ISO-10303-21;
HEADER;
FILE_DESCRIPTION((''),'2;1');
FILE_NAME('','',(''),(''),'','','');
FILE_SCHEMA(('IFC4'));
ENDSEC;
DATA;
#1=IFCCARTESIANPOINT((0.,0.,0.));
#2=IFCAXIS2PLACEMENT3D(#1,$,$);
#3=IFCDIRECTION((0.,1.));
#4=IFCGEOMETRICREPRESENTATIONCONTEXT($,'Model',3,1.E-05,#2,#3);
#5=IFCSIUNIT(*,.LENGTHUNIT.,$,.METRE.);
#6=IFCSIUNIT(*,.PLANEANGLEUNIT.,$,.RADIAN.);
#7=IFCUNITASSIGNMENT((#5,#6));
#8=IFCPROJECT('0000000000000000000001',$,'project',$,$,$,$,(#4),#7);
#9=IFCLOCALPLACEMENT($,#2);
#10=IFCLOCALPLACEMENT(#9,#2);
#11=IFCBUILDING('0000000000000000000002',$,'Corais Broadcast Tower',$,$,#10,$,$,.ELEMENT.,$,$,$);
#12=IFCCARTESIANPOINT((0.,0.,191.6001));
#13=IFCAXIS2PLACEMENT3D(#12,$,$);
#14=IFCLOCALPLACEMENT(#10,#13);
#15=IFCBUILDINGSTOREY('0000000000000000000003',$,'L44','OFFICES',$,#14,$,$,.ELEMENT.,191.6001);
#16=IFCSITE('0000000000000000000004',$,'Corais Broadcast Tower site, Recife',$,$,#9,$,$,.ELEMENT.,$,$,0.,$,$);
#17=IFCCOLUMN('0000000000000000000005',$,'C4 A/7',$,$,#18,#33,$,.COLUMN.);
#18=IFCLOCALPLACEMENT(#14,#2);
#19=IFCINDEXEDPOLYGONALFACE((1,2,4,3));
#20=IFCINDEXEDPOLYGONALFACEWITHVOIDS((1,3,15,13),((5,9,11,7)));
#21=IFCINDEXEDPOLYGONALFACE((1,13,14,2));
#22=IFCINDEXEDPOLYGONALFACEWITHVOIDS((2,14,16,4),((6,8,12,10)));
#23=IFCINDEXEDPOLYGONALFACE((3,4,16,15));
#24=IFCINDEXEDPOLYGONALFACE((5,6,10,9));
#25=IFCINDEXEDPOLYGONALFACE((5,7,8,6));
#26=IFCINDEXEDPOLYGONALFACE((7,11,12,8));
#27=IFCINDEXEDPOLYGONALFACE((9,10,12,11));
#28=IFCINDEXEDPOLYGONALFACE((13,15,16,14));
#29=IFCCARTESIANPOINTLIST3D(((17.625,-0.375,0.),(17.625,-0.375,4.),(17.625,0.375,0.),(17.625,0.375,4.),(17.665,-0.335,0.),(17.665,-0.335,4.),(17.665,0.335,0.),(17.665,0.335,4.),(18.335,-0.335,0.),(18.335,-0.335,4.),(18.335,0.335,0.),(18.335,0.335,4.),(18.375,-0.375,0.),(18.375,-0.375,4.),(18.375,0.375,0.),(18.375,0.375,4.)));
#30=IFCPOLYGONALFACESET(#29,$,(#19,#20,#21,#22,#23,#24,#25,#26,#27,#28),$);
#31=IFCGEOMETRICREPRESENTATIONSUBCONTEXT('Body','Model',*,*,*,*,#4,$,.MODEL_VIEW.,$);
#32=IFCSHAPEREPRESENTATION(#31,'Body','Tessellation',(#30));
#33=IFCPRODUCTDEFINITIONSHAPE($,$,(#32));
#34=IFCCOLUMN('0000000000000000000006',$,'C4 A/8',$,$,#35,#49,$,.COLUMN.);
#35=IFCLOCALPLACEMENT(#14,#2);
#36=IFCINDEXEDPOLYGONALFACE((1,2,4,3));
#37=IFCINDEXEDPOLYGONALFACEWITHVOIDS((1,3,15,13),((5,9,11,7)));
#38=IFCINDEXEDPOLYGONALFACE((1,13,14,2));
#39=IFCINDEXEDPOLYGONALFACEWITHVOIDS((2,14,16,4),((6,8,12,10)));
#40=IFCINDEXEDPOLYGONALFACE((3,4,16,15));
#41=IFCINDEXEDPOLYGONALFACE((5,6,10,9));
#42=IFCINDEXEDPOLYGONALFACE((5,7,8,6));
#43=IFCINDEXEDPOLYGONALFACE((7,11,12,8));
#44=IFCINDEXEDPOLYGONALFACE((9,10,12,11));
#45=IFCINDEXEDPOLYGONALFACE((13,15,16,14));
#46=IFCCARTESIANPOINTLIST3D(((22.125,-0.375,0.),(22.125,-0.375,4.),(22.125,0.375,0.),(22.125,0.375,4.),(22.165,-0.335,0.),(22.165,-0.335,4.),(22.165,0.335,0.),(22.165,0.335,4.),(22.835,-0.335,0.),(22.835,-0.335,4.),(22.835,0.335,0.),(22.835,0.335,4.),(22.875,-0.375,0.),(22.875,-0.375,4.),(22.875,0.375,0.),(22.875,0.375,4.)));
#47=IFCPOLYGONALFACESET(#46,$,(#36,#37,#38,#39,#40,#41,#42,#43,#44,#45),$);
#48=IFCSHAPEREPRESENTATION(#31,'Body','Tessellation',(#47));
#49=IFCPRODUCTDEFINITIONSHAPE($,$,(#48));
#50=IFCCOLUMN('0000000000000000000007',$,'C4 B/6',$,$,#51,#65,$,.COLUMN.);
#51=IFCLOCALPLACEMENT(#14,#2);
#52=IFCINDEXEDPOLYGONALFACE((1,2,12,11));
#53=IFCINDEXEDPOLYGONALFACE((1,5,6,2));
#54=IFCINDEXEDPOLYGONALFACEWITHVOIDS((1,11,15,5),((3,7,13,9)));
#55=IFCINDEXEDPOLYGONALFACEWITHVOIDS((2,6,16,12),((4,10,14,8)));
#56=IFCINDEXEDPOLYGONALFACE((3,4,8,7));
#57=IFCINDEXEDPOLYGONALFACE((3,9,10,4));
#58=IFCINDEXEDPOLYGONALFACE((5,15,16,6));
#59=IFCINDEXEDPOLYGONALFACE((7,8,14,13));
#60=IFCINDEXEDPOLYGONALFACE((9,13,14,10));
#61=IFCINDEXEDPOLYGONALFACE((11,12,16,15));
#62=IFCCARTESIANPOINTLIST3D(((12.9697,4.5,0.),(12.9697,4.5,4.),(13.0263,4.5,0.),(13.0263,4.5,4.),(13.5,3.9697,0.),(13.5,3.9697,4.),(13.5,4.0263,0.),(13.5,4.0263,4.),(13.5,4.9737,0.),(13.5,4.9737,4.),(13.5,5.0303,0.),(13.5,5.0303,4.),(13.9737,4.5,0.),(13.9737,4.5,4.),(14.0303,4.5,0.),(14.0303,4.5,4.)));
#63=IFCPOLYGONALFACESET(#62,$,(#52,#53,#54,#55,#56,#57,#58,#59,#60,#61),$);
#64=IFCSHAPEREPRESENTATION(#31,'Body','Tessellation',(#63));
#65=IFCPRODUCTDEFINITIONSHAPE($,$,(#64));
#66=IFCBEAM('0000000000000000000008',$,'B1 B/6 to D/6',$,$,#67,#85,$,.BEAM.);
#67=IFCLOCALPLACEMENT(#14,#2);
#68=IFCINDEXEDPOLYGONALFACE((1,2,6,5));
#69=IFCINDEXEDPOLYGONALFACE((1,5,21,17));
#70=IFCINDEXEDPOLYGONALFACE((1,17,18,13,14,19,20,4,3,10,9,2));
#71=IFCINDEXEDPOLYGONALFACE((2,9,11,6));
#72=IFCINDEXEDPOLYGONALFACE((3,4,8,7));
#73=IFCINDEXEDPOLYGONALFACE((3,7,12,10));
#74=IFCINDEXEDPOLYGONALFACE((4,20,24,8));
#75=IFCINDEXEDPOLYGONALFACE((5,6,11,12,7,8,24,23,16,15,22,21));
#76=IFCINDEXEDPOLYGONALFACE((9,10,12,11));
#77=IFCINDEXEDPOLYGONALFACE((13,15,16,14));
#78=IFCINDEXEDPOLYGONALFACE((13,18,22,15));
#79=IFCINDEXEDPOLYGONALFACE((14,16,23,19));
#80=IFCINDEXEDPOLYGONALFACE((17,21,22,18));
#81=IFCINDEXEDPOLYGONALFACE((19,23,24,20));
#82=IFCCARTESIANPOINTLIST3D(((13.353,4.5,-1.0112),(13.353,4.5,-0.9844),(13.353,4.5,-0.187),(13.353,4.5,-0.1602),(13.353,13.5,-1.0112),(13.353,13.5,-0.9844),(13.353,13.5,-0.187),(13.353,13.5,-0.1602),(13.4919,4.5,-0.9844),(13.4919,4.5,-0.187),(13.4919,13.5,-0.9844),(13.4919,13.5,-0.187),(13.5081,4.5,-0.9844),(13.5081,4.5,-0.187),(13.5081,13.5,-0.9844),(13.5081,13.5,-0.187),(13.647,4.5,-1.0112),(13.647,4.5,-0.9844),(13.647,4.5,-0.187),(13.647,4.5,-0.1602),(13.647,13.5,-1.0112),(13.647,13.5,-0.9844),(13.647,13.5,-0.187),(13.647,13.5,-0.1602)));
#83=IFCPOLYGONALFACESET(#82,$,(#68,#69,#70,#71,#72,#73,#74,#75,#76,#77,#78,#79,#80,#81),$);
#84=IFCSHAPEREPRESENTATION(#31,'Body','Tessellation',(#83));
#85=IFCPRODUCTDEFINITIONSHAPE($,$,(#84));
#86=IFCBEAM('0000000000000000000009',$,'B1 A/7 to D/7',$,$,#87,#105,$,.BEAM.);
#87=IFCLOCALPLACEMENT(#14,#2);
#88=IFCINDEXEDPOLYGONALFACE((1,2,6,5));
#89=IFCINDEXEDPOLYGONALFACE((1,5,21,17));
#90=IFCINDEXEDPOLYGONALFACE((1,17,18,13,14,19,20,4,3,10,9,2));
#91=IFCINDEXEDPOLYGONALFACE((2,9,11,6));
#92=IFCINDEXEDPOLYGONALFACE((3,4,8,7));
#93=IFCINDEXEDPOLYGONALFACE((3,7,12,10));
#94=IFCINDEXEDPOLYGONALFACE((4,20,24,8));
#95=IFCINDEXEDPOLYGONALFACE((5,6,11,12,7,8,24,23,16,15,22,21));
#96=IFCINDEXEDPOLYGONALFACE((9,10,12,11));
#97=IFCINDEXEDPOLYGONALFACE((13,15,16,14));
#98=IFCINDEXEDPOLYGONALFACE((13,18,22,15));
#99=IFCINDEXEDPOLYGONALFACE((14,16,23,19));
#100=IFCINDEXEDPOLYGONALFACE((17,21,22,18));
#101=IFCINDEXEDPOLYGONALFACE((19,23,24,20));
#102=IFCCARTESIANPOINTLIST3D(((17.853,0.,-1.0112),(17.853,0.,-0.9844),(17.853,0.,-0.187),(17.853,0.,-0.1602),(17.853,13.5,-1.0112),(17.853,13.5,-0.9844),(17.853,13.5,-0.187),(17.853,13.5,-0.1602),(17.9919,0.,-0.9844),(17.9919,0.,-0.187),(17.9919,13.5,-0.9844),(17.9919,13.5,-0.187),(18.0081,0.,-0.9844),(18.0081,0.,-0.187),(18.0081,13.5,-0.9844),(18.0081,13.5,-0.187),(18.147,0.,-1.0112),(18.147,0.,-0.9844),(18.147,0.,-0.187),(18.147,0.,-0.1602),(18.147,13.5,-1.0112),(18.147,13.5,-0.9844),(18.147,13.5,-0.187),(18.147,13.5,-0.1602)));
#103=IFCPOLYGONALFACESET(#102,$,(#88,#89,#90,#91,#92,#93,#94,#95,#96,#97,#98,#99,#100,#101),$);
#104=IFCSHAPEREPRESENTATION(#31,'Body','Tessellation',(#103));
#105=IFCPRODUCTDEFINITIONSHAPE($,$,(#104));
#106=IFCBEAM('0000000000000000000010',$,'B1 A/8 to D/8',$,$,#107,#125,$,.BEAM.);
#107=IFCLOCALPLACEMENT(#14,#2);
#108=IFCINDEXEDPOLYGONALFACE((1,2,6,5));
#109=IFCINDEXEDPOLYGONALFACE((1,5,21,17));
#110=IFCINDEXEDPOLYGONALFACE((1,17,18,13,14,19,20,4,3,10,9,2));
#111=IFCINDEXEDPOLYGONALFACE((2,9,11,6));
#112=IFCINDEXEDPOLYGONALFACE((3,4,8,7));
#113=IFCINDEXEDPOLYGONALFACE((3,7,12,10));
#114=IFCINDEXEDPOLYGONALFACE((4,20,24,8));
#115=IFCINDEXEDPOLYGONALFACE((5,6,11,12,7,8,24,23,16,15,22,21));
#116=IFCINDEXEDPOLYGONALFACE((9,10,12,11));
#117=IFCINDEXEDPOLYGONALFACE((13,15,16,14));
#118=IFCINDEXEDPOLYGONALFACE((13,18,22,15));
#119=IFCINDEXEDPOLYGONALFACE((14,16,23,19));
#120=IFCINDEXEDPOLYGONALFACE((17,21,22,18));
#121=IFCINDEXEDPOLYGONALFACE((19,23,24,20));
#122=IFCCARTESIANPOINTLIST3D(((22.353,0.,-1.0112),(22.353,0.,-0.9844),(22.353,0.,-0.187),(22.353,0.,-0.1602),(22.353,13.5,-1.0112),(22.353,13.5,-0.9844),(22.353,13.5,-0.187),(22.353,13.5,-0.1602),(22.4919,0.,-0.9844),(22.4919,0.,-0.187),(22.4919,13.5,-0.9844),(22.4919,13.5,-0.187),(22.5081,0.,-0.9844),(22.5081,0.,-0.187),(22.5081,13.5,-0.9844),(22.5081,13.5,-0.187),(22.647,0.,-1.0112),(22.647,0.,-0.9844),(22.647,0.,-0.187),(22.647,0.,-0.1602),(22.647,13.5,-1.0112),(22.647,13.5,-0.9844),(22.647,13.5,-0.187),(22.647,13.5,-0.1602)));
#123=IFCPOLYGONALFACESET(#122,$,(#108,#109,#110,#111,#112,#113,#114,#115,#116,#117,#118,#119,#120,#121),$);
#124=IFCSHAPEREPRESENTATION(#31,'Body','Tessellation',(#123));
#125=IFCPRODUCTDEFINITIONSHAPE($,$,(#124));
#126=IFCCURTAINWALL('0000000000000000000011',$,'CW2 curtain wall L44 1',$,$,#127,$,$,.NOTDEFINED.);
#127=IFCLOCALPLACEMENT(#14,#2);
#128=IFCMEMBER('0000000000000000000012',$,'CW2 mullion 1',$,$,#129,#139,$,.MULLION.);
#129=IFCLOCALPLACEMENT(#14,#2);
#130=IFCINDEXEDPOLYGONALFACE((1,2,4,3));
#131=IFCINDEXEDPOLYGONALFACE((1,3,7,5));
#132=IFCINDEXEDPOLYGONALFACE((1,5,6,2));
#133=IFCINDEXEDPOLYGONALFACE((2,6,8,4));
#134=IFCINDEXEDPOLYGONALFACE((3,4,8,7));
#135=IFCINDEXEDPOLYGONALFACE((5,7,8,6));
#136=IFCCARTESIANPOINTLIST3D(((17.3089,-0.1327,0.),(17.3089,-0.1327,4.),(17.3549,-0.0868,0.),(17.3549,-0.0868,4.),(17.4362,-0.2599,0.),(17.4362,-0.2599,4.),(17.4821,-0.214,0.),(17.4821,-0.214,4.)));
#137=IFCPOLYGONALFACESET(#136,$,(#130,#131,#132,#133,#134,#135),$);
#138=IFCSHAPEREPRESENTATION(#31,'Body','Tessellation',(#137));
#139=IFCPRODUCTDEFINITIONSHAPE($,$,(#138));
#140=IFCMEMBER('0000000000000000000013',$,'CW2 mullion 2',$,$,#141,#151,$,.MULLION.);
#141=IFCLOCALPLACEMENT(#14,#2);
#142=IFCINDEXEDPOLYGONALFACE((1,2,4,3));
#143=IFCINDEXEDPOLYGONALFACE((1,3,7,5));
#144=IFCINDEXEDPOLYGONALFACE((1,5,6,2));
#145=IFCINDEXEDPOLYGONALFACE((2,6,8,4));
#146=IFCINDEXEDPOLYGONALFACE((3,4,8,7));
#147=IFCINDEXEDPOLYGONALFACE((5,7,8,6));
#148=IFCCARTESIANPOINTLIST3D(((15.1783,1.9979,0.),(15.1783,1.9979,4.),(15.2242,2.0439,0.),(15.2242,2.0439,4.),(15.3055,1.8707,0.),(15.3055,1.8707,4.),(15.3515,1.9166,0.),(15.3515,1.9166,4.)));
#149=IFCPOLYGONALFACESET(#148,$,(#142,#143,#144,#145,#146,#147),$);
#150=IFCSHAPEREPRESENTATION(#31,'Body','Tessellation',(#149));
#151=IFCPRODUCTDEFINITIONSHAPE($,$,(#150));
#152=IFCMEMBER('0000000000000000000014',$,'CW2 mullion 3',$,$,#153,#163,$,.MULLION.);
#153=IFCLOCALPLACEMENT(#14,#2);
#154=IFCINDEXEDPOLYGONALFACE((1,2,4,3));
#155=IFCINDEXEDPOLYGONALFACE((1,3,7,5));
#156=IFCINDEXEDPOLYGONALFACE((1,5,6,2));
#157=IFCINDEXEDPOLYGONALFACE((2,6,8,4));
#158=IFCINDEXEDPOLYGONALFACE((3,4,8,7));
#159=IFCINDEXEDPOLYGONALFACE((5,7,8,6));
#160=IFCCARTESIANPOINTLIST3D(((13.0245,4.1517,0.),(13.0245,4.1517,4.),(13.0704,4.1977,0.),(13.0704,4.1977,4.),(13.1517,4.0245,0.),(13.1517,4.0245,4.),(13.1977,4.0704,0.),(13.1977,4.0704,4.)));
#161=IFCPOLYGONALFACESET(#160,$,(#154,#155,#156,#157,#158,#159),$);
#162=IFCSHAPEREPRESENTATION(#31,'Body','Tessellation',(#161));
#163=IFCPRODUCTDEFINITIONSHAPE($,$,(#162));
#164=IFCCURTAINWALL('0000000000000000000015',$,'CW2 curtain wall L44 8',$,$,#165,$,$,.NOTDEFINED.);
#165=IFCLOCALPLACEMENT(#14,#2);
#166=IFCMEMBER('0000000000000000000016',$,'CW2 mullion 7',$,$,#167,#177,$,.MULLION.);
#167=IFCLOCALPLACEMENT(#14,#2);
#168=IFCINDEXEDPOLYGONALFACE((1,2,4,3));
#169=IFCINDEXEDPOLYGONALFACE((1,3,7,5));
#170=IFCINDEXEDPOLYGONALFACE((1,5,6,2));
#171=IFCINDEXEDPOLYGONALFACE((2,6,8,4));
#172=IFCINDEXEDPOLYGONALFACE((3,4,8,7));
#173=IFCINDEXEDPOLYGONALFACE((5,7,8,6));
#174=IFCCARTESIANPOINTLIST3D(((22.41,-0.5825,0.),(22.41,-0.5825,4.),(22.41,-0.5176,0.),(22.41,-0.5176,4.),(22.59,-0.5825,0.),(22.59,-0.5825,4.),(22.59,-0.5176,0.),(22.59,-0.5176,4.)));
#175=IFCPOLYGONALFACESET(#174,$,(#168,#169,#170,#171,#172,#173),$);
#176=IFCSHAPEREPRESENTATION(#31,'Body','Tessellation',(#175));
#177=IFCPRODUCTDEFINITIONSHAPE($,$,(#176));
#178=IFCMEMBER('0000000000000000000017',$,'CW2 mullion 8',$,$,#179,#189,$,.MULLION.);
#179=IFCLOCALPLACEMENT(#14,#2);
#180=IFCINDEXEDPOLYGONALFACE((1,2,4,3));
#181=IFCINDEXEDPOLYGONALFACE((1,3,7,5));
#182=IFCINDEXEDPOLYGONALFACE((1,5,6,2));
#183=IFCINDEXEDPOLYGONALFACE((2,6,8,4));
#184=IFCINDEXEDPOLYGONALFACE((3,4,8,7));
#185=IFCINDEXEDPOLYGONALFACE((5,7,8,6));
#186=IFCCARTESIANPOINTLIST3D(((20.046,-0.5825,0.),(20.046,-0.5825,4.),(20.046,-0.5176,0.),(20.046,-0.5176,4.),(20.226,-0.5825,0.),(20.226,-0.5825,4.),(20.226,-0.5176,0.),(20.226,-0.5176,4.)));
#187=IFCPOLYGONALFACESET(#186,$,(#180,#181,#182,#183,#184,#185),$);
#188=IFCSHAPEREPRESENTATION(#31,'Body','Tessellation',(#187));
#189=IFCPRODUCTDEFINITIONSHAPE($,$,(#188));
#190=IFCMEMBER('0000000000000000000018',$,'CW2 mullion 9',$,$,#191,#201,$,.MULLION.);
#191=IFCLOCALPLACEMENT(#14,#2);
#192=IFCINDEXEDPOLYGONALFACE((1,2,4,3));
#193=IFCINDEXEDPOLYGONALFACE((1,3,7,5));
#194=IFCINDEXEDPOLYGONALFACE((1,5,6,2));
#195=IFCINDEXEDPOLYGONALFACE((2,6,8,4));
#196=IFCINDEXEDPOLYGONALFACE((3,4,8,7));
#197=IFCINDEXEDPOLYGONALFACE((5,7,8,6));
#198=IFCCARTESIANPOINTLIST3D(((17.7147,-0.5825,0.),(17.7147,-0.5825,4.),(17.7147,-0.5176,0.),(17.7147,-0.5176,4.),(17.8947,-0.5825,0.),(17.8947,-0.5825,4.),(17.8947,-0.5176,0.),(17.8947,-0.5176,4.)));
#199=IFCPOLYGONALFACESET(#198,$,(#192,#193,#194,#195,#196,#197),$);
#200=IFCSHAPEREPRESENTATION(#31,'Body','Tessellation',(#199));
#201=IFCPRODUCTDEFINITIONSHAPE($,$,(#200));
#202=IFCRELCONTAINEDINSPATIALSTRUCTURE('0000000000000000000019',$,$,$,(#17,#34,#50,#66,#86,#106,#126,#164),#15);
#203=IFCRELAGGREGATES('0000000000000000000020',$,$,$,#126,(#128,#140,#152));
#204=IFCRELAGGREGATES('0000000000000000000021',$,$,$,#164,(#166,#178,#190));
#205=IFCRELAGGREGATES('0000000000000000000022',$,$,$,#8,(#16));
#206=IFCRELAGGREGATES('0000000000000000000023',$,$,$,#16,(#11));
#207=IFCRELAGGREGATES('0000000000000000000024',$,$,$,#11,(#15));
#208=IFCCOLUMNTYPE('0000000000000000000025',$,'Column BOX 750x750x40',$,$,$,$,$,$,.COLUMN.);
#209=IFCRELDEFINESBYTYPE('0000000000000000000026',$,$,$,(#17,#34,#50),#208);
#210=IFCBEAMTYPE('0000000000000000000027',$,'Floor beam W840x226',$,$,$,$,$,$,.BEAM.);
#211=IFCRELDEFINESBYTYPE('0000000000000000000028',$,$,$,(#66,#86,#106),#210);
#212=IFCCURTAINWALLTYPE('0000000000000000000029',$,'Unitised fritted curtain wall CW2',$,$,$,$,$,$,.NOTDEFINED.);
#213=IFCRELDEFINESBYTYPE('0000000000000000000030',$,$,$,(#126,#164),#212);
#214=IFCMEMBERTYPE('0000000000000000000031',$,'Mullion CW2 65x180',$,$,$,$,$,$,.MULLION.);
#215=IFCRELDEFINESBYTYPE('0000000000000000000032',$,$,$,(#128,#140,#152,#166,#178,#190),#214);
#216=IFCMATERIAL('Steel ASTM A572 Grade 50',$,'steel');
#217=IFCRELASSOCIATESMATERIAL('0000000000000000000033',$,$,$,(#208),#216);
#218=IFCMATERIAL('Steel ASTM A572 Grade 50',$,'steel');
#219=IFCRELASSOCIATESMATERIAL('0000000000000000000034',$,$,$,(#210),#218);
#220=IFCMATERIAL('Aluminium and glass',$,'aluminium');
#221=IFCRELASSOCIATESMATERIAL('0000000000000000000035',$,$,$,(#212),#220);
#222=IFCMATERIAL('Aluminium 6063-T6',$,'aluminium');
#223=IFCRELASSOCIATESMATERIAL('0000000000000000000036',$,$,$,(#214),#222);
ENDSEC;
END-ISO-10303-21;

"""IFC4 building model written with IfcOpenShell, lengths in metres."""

from ifc_helpers import new_model, si_unit, direction, frame, origin, origin_2d, place, context, subcontext, project, spatial, rectangle, hollow_rectangle, i_section, extrude, material, material_profile, profile_set, type_object, element, aggregate, save


model = new_model("IFC4")

# Units and contexts
model_context = context("Model", 3, precision=1e-05, world=origin(), true_north=direction((0.0, 1.0)))
body_context = subcontext(model_context, "Body", "Model", "MODEL_VIEW")
ifc_project = project(units=[si_unit("LENGTHUNIT", "METRE"), si_unit("PLANEANGLEUNIT", "RADIAN")], contexts=[model_context])

# Site, building, storey
site_placement = place(None, origin())
site = spatial("IfcSite", under=ifc_project, at=site_placement, Name="Corais Broadcast Tower site, Recife", CompositionType="ELEMENT", RefElevation=0.0)
building_placement = place(site_placement, origin())
building = spatial("IfcBuilding", under=site, at=building_placement, Name="Corais Broadcast Tower", CompositionType="ELEMENT")
storey_placement = place(building_placement, frame((0.0, 0.0, 191.6001)))
storey = spatial("IfcBuildingStorey", under=building, at=storey_placement, Name="L44", Description="OFFICES", CompositionType="ELEMENT", Elevation=191.6001)

# Columns
ifc_material_1 = material(Name="Steel ASTM A572 Grade 50", Category="steel")
ifc_material_profile_1 = material_profile(ifc_material_1, hollow_rectangle(XDim=0.75, YDim=0.75, WallThickness=0.04, at=origin_2d()), Name="BOX 750x750x40")
ifc_profile_set_1 = profile_set([ifc_material_profile_1], Name="Steel ASTM A572 Grade 50")
column_type = type_object("IfcColumnType", Name="Column BOX 750x750x40", PredefinedType="COLUMN", material=ifc_profile_set_1)
for number, where, z_axis, x_axis, name in (
    (1, (18.0, 0.0, 0.0), (0.0, 0.0, 1.0), (1.0, 0.0, 0.0), "C4 A/7"),
    (2, (22.5, 0.0, 0.0), (0.0, 0.0, 1.0), (1.0, 0.0, 0.0), "C4 A/8"),
    (3, (13.5, 4.5, 0.0), (0.0, 0.0, 1.0), (0.707107, 0.707107, 0.0), "C4 B/6"),
):
    element("IfcColumn", number, at=place(storey_placement, frame(where, z_axis=z_axis, x_axis=x_axis)), inside=storey, type_object=column_type, Name=name, PredefinedType="COLUMN", context=body_context, shape_type="SweptSolid", body=[
        extrude(hollow_rectangle(XDim=0.75, YDim=0.75, WallThickness=0.04, at=origin_2d()), origin(), (0.0, 0.0, 1.0), 4.0),
    ])

# Beams
ifc_material_2 = material(Name="Steel ASTM A572 Grade 50", Category="steel")
ifc_material_profile_2 = material_profile(ifc_material_2, i_section(OverallWidth=0.2939, OverallDepth=0.8511, WebThickness=0.0161, FlangeThickness=0.0269, at=origin_2d()), Name="W840x226")
ifc_profile_set_2 = profile_set([ifc_material_profile_2], Name="Steel ASTM A572 Grade 50")
beam_type_1 = type_object("IfcBeamType", Name="Floor beam W840x226", PredefinedType="BEAM", material=ifc_profile_set_2)
beam_1_placement = place(storey_placement, frame((13.5, 4.5, -0.5857), z_axis=(0.0, 1.0, 0.0), x_axis=(-1.0, 0.0, 0.0)))
element("IfcBeam", 4, at=beam_1_placement, inside=storey, type_object=beam_type_1, Name="B1 B/6 to D/6", PredefinedType="BEAM", context=body_context, shape_type="SweptSolid", body=[
    extrude(i_section(OverallWidth=0.2939, OverallDepth=0.8511, WebThickness=0.0161, FlangeThickness=0.0269, at=origin_2d()), origin(), (0.0, 0.0, 1.0), 9.0),
])
for number, where, z_axis, x_axis, name in (
    (5, (18.0, 0.0, -0.5857), (0.0, 1.0, 0.0), (-1.0, 0.0, 0.0), "B1 A/7 to D/7"),
    (6, (22.5, 0.0, -0.5857), (0.0, 1.0, 0.0), (-1.0, 0.0, 0.0), "B1 A/8 to D/8"),
):
    element("IfcBeam", number, at=place(storey_placement, frame(where, z_axis=z_axis, x_axis=x_axis)), inside=storey, type_object=beam_type_1, Name=name, PredefinedType="BEAM", context=body_context, shape_type="SweptSolid", body=[
        extrude(i_section(OverallWidth=0.2939, OverallDepth=0.8511, WebThickness=0.0161, FlangeThickness=0.0269, at=origin_2d()), origin(), (0.0, 0.0, 1.0), 13.5),
    ])

# Curtain walls, members
ifc_material_3 = material(Name="Aluminium and glass", Category="aluminium")
curtain_wall_type = type_object("IfcCurtainWallType", Name="Unitised fritted curtain wall CW2", PredefinedType="NOTDEFINED", material=ifc_material_3)
curtain_wall_1_placement = place(storey_placement, origin())
curtain_wall_1 = element("IfcCurtainWall", 7, at=curtain_wall_1_placement, inside=storey, type_object=curtain_wall_type, Name="CW2 curtain wall L44 1", PredefinedType="NOTDEFINED")
ifc_material_4 = material(Name="Aluminium 6063-T6", Category="aluminium")
ifc_material_profile_3 = material_profile(ifc_material_4, rectangle(XDim=0.0649, YDim=0.1799, at=origin_2d()), Name="Mullion CW2 65x180")
ifc_profile_set_3 = profile_set([ifc_material_profile_3], Name="Aluminium 6063-T6")
member_type_1 = type_object("IfcMemberType", Name="Mullion CW2 65x180", PredefinedType="MULLION", material=ifc_profile_set_3)
member_1_placement = place(storey_placement, frame((17.3955, -0.1733, 0.0), z_axis=(0.0, 0.0, 1.0), x_axis=(-0.707107, -0.707107, 0.0)))
member_1 = element("IfcMember", 8, at=member_1_placement, type_object=member_type_1, Name="CW2 mullion 1", PredefinedType="MULLION", context=body_context, shape_type="SweptSolid", body=[
    extrude(rectangle(XDim=0.0649, YDim=0.1799, at=origin_2d()), origin(), (0.0, 0.0, 1.0), 4.0),
])
member_2_placement = place(storey_placement, frame((15.2649, 1.9573, 0.0), z_axis=(0.0, 0.0, 1.0), x_axis=(-0.707107, -0.707107, 0.0)))
member_2 = element("IfcMember", 9, at=member_2_placement, type_object=member_type_1, Name="CW2 mullion 2", PredefinedType="MULLION", context=body_context, shape_type="SweptSolid", body=[
    extrude(rectangle(XDim=0.0649, YDim=0.1799, at=origin_2d()), origin(), (0.0, 0.0, 1.0), 4.0),
])
member_3_placement = place(storey_placement, frame((13.1111, 4.1111, 0.0), z_axis=(0.0, 0.0, 1.0), x_axis=(-0.707107, -0.707107, 0.0)))
member_3 = element("IfcMember", 10, at=member_3_placement, type_object=member_type_1, Name="CW2 mullion 3", PredefinedType="MULLION", context=body_context, shape_type="SweptSolid", body=[
    extrude(rectangle(XDim=0.0649, YDim=0.1799, at=origin_2d()), origin(), (0.0, 0.0, 1.0), 4.0),
])
curtain_wall_2_placement = place(storey_placement, origin())
curtain_wall_2 = element("IfcCurtainWall", 11, at=curtain_wall_2_placement, inside=storey, type_object=curtain_wall_type, Name="CW2 curtain wall L44 8", PredefinedType="NOTDEFINED")
member_4_placement = place(storey_placement, frame((22.5, -0.55, 0.0), z_axis=(0.0, 0.0, 1.0), x_axis=(0.0, -1.0, 0.0)))
member_4 = element("IfcMember", 12, at=member_4_placement, type_object=member_type_1, Name="CW2 mullion 7", PredefinedType="MULLION", context=body_context, shape_type="SweptSolid", body=[
    extrude(rectangle(XDim=0.0649, YDim=0.1799, at=origin_2d()), origin(), (0.0, 0.0, 1.0), 4.0),
])
member_5_placement = place(storey_placement, frame((20.136, -0.55, 0.0), z_axis=(0.0, 0.0, 1.0), x_axis=(0.0, -1.0, 0.0)))
member_5 = element("IfcMember", 13, at=member_5_placement, type_object=member_type_1, Name="CW2 mullion 8", PredefinedType="MULLION", context=body_context, shape_type="SweptSolid", body=[
    extrude(rectangle(XDim=0.0649, YDim=0.1799, at=origin_2d()), origin(), (0.0, 0.0, 1.0), 4.0),
])
member_6_placement = place(storey_placement, frame((17.8047, -0.55, 0.0), z_axis=(0.0, 0.0, 1.0), x_axis=(0.0, -1.0, 0.0)))
member_6 = element("IfcMember", 14, at=member_6_placement, type_object=member_type_1, Name="CW2 mullion 9", PredefinedType="MULLION", context=body_context, shape_type="SweptSolid", body=[
    extrude(rectangle(XDim=0.0649, YDim=0.1799, at=origin_2d()), origin(), (0.0, 0.0, 1.0), 4.0),
])

aggregate(curtain_wall_1, [member_1, member_2, member_3])
aggregate(curtain_wall_2, [member_4, member_5, member_6])

save(model, "model.ifc")
